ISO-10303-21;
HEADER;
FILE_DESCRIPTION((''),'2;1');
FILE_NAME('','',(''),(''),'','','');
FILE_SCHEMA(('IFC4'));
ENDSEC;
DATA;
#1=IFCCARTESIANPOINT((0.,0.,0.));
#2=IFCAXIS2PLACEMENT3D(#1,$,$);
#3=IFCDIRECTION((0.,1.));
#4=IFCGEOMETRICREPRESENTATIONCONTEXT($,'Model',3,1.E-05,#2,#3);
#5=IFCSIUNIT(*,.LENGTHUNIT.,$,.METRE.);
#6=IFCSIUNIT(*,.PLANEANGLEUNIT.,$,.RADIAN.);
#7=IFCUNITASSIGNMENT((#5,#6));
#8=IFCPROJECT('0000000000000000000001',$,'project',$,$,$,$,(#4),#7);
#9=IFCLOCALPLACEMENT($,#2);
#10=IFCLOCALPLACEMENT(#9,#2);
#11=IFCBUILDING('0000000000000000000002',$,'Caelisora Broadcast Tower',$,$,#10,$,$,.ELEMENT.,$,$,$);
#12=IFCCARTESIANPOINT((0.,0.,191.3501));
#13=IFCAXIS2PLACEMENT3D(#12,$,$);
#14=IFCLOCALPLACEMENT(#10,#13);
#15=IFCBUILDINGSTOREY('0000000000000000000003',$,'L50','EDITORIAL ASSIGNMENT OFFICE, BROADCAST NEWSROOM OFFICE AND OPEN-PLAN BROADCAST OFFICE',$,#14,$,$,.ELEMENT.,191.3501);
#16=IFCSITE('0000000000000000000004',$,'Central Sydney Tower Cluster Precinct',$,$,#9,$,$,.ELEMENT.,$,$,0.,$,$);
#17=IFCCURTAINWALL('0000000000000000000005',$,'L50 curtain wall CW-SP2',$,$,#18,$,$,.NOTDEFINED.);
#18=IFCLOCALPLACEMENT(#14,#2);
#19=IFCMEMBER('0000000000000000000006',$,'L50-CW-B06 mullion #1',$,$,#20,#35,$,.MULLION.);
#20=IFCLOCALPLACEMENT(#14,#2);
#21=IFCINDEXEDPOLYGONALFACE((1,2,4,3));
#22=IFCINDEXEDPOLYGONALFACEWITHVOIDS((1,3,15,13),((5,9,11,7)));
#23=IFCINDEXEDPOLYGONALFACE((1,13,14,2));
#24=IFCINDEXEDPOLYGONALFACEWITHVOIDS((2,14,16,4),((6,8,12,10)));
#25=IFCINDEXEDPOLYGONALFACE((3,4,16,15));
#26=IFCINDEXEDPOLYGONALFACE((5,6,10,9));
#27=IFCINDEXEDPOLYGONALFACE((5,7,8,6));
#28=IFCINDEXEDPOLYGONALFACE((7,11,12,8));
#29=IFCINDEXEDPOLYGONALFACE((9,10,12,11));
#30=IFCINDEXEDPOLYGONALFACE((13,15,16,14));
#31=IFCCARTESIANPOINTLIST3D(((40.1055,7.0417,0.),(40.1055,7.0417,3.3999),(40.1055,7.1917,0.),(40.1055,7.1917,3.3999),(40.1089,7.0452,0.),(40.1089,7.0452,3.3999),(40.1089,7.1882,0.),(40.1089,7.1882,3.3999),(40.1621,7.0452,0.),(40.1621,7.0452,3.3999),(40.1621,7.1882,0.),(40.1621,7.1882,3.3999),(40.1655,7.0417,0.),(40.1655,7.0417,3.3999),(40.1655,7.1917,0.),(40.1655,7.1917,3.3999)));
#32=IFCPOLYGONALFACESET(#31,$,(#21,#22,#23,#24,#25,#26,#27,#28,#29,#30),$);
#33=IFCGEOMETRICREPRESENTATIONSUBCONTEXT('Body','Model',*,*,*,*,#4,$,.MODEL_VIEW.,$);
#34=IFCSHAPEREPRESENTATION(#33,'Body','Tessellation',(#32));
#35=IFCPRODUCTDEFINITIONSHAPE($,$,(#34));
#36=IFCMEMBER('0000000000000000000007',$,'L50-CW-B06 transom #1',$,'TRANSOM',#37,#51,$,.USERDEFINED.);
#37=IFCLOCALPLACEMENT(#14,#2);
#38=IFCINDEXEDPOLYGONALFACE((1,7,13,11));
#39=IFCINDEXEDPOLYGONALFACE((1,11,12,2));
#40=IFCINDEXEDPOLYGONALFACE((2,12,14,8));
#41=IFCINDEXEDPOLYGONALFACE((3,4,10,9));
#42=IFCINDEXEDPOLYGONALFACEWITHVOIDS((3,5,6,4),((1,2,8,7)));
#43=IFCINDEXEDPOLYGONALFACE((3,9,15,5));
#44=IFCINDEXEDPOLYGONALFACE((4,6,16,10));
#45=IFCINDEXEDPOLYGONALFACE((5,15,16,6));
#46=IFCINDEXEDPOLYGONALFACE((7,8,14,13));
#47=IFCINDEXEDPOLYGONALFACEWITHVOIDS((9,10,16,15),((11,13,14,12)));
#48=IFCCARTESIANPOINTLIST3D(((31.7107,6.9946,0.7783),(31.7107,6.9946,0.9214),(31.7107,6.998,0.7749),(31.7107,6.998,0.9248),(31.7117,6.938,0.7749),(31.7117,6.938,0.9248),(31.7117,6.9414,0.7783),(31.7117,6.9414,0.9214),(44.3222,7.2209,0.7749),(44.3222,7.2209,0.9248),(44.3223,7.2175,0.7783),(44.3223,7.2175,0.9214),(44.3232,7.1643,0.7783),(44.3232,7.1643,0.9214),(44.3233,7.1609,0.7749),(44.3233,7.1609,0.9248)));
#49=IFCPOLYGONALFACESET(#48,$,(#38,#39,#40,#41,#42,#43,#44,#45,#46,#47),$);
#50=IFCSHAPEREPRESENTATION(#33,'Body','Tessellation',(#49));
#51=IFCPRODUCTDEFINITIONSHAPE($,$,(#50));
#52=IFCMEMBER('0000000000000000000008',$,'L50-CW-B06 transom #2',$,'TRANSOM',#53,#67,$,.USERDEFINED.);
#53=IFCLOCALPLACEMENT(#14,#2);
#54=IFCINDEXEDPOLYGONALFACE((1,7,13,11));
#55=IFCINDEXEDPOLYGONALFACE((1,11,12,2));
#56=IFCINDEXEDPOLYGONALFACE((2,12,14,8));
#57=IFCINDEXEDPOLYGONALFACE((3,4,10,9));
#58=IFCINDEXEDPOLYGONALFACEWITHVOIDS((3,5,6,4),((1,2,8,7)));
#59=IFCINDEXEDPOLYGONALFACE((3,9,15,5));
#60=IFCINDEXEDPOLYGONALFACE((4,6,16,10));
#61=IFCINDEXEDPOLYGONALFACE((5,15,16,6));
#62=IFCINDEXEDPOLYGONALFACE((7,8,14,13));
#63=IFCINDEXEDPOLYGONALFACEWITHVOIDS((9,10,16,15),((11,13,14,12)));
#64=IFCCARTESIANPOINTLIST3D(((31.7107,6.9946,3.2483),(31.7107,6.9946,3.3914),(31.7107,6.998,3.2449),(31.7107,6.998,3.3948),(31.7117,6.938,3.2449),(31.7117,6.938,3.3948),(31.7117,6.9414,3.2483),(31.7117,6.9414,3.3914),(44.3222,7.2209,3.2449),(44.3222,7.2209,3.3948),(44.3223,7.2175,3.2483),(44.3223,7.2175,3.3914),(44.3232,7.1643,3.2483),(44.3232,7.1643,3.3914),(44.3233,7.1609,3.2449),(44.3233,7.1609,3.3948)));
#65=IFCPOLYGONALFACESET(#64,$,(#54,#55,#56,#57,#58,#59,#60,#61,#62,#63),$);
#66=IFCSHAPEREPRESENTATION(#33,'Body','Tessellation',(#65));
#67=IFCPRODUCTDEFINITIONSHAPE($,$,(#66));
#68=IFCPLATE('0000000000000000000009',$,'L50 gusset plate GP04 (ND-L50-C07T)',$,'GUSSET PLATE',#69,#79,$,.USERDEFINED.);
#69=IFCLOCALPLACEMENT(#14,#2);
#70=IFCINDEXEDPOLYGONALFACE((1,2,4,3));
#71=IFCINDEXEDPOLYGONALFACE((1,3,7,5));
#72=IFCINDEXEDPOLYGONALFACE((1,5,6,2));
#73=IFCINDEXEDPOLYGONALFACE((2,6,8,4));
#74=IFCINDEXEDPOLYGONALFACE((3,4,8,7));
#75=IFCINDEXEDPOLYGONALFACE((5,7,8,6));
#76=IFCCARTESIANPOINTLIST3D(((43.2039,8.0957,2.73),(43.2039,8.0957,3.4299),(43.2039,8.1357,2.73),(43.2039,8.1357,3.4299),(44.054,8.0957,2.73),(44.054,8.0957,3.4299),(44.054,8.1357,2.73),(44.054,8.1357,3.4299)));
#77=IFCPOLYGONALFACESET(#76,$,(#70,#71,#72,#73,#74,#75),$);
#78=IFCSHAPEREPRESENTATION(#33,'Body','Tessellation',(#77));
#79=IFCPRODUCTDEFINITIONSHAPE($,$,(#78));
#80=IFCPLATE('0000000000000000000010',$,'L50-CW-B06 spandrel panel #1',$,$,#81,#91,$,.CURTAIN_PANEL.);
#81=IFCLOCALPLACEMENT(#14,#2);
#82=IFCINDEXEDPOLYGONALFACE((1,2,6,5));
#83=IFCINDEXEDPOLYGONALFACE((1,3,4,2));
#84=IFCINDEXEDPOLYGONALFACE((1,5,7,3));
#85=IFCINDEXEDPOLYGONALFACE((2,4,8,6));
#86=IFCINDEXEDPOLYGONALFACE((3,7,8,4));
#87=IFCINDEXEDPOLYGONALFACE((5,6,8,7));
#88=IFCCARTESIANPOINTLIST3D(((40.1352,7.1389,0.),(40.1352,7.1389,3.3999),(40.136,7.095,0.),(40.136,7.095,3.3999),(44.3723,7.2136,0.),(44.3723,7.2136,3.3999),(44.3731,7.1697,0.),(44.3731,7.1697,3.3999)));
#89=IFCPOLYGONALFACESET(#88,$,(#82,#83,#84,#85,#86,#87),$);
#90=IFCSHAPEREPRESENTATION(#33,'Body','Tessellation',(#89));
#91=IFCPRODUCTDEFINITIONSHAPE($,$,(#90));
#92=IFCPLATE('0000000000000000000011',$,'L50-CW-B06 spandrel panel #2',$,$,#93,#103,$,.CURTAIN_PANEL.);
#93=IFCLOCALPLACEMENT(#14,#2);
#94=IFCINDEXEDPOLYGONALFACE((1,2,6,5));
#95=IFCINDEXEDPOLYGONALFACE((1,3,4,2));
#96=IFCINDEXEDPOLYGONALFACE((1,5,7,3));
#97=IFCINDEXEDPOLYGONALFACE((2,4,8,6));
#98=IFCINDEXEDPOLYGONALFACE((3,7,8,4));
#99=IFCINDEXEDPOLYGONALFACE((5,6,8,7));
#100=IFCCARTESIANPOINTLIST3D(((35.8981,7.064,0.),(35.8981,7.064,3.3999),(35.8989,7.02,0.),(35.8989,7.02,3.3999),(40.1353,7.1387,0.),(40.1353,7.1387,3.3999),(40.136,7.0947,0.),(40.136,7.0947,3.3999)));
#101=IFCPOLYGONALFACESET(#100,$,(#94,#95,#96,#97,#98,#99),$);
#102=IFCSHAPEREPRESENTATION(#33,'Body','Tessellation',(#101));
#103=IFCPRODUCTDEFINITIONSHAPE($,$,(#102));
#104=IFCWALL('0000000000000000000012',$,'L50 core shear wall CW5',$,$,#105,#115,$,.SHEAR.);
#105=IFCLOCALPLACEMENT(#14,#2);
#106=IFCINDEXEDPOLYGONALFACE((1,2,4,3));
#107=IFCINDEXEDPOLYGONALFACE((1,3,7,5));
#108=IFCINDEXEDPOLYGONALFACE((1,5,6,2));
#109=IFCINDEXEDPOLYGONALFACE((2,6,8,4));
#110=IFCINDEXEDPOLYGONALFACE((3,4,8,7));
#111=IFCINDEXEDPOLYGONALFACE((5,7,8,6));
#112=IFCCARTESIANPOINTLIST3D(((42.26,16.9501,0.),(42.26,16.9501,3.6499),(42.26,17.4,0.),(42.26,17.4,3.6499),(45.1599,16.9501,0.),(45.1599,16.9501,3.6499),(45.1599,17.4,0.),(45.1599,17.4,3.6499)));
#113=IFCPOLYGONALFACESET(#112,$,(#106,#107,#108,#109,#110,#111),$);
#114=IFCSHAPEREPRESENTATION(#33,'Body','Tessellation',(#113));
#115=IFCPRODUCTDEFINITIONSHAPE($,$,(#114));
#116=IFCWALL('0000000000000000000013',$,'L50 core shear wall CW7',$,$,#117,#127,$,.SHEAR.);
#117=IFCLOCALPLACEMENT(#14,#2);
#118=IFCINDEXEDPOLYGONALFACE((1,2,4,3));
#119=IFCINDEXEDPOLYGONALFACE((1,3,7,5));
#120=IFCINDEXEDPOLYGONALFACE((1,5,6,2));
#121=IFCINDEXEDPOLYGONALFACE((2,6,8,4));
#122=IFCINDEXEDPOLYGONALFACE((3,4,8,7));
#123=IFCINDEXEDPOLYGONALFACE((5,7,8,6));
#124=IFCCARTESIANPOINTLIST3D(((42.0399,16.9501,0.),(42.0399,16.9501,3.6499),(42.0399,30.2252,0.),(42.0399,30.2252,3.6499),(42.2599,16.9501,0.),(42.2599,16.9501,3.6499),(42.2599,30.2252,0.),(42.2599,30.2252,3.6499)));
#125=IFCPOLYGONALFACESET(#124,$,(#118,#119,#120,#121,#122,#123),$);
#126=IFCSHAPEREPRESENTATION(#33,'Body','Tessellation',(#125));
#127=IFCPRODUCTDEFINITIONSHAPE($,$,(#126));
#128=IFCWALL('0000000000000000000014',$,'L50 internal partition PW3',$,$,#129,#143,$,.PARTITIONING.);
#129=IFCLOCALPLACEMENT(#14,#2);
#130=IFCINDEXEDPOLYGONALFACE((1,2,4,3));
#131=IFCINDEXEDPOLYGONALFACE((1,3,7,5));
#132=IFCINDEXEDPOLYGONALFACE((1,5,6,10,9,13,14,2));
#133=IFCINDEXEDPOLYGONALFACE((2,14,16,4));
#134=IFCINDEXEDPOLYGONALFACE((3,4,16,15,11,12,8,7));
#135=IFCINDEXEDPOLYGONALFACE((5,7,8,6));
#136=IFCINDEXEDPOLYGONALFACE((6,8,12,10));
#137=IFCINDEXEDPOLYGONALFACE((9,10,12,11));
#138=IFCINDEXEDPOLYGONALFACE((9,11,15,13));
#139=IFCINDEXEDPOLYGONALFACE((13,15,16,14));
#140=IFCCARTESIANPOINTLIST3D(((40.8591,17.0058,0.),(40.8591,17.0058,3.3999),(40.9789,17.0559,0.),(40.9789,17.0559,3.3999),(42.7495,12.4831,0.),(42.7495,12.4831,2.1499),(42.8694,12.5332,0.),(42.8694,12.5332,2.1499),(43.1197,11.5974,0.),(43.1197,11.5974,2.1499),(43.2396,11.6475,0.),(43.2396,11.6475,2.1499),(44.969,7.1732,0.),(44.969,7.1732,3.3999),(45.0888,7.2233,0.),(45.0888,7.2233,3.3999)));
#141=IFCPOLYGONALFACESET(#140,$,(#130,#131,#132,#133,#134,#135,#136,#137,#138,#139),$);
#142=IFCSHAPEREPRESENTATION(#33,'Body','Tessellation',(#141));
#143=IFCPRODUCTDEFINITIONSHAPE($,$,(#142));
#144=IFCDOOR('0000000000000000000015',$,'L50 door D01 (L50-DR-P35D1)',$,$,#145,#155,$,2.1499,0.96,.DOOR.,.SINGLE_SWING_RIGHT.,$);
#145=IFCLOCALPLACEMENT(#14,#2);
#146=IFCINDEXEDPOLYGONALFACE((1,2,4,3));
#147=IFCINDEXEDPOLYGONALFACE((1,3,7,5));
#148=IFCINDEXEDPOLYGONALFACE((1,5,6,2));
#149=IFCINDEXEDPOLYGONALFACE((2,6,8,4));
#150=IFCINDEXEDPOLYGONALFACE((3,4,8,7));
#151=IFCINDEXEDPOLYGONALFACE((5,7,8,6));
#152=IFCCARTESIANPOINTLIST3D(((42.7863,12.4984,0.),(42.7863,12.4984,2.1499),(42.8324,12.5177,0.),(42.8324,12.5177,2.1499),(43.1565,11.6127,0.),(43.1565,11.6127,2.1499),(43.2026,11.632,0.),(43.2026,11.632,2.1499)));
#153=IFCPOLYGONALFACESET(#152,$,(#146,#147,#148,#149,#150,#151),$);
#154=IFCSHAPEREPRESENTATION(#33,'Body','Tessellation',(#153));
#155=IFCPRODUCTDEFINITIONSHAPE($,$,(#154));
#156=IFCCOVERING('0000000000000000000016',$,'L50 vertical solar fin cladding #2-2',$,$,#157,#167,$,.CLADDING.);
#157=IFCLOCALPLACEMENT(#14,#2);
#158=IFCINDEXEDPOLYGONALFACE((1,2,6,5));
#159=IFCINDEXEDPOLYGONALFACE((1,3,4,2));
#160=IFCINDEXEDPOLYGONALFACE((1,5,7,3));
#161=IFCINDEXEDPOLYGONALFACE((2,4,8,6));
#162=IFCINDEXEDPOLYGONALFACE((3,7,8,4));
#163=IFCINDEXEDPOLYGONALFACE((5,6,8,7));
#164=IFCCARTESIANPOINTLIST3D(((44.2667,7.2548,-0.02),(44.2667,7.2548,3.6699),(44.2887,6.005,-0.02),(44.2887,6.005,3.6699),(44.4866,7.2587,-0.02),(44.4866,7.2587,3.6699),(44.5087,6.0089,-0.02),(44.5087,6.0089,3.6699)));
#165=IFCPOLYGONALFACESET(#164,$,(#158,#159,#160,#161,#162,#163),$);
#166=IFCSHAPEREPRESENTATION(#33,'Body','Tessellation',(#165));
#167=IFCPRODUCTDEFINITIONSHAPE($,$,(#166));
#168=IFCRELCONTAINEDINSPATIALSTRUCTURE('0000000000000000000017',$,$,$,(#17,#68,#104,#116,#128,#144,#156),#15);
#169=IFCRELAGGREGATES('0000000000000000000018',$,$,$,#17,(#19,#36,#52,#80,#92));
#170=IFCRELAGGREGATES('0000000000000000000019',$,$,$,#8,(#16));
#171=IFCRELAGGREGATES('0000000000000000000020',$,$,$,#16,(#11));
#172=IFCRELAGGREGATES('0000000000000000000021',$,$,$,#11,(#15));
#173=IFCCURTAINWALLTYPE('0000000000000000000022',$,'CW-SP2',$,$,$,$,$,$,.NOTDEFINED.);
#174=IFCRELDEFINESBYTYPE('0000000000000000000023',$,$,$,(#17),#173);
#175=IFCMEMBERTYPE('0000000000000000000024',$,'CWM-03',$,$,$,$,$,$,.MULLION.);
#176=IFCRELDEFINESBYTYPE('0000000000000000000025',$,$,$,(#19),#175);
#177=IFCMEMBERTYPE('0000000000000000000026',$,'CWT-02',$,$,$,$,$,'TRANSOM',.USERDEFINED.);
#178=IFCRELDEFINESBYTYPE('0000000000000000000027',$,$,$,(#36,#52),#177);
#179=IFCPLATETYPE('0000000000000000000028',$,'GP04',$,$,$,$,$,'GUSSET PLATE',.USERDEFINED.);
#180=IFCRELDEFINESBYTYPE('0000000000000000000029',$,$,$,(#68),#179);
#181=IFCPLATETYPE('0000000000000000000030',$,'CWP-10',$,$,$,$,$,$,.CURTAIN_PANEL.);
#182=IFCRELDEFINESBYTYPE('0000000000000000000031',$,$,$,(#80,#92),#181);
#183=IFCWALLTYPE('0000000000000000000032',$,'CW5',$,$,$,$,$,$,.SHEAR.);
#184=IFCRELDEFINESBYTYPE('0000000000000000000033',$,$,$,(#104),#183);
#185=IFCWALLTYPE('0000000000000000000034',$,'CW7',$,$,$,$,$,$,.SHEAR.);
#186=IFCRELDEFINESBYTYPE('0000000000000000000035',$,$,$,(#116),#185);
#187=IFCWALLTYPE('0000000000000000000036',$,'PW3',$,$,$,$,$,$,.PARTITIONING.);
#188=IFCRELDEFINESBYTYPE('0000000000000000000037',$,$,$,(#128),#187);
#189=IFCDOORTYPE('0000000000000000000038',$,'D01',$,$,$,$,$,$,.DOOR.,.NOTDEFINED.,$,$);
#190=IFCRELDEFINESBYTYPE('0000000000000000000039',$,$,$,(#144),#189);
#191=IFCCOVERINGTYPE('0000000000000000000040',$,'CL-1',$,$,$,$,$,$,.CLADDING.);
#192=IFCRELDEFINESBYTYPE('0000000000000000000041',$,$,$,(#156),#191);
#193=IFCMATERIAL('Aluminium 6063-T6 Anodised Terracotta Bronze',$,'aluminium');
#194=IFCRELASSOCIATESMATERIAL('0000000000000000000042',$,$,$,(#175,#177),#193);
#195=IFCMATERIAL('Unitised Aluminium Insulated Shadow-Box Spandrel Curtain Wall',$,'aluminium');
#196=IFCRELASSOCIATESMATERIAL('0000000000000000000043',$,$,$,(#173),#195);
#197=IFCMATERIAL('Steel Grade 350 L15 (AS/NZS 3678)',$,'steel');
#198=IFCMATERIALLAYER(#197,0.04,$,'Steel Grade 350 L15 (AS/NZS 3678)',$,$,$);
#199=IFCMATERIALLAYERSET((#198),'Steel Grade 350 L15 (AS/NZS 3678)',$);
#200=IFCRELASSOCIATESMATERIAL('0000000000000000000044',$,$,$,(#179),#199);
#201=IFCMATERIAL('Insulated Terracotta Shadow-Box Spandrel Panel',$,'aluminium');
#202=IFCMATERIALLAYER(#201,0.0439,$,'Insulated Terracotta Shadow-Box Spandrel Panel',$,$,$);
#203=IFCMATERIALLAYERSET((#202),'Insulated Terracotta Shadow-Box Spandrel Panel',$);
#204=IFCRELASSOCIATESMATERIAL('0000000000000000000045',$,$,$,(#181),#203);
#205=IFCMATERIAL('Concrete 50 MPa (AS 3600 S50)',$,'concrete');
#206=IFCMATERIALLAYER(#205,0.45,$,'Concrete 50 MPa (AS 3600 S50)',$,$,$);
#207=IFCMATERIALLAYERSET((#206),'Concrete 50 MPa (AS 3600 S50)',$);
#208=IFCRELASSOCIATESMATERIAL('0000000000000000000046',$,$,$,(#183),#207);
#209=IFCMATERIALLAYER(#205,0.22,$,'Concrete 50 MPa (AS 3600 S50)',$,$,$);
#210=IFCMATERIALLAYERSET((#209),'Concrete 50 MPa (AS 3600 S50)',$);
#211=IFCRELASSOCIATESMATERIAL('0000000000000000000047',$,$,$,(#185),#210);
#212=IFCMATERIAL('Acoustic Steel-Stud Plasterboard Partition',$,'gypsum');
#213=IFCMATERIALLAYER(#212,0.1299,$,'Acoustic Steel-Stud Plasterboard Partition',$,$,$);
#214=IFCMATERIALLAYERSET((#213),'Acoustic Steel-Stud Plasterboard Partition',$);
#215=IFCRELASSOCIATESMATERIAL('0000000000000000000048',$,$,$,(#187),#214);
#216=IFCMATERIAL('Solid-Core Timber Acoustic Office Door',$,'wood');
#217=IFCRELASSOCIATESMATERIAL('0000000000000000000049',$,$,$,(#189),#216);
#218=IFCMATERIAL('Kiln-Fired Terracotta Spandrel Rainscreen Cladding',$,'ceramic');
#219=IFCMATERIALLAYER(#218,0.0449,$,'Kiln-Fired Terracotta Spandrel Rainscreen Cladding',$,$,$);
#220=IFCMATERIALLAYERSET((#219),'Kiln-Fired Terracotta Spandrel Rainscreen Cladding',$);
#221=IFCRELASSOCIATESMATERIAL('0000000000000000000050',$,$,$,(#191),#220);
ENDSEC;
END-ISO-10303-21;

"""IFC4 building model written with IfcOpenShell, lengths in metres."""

from ifc_helpers import new_model, si_unit, direction, frame, frame_2d, origin, origin_2d, place, context, subcontext, project, spatial, rectangle, hollow_rectangle, extrude, source, transform, mapped, material, layer, layer_set, material_profile, profile_set, type_object, type_shapes, element, fill, aggregate, save


model = new_model("IFC4")

# Units and contexts
model_context = context("Model", 3, precision=1e-05, world=origin(), true_north=direction((0.0, 1.0)))
body_context = subcontext(model_context, "Body", "Model", "MODEL_VIEW")
ifc_project = project(units=[si_unit("LENGTHUNIT", "METRE"), si_unit("PLANEANGLEUNIT", "RADIAN")], contexts=[model_context])

# Site, building, storey
site_placement = place(None, origin())
site = spatial("IfcSite", under=ifc_project, at=site_placement, Name="Central Sydney Tower Cluster Precinct", CompositionType="ELEMENT", RefElevation=0.0)
building_placement = place(site_placement, origin())
building = spatial("IfcBuilding", under=site, at=building_placement, Name="Caelisora Broadcast Tower", CompositionType="ELEMENT")
storey_placement = place(building_placement, frame((0.0, 0.0, 191.3501)))
storey = spatial("IfcBuildingStorey", under=building, at=storey_placement, Name="L50", Description="EDITORIAL ASSIGNMENT OFFICE, BROADCAST NEWSROOM OFFICE AND OPEN-PLAN BROADCAST OFFICE", CompositionType="ELEMENT", Elevation=191.3501)

# Shared definitions
ifc_material_1 = material(Name="Steel Grade 350 L15 (AS/NZS 3678)", Category="steel")

# Shared definitions
ifc_material_2 = material(Name="Aluminium 6063-T6 Anodised Terracotta Bronze", Category="aluminium")
ifc_material_profile_1 = material_profile(ifc_material_2, hollow_rectangle(XDim=0.0601, YDim=0.1499, WallThickness=0.0034, at=origin_2d()), Name="Aluminium 6063-T6 Anodised Terracotta Bronze")
ifc_profile_set_1 = profile_set([ifc_material_profile_1], Name="Aluminium 6063-T6 Anodised Terracotta Bronze")
member_type_1 = type_object("IfcMemberType", Name="CWM-03", PredefinedType="MULLION", material=ifc_profile_set_1)
shared_shape_1 = source(origin(), body_context, "Body", "SweptSolid", [
    extrude(hollow_rectangle(XDim=0.0601, YDim=0.1499, WallThickness=0.0034, at=origin_2d()), origin(), (0.0, 0.0, 1.0), 3.3999),
])
type_shapes(member_type_1, [shared_shape_1])

# Curtain wall, members
ifc_material_3 = material(Name="Unitised Aluminium Insulated Shadow-Box Spandrel Curtain Wall", Category="aluminium")
curtain_wall_type_1 = type_object("IfcCurtainWallType", Name="CW-SP2", PredefinedType="NOTDEFINED", material=ifc_material_3)
curtain_wall_1_placement = place(storey_placement, origin())
curtain_wall_1 = element("IfcCurtainWall", 1, at=curtain_wall_1_placement, inside=storey, type_object=curtain_wall_type_1, Name="L50 curtain wall CW-SP2", PredefinedType="NOTDEFINED")
member_1_placement = place(storey_placement, frame((40.1355, 7.1167, 0.0), z_axis=(0.0, 0.0, 1.0), x_axis=(1.0, 0.0, 0.0)))
member_1 = element("IfcMember", 2, at=member_1_placement, type_object=member_type_1, Name="L50-CW-B06 mullion #1", PredefinedType="MULLION", context=body_context, shape_type="MappedRepresentation", body=[
    mapped(shared_shape_1, transform((0.0, 0.0, 0.0), scale=1.0)),
])
ifc_material_profile_2 = material_profile(ifc_material_2, hollow_rectangle(XDim=0.0601, YDim=0.1499, WallThickness=0.0034, at=origin_2d()), Name="Aluminium 6063-T6 Anodised Terracotta Bronze")
ifc_profile_set_2 = profile_set([ifc_material_profile_2], Name="Aluminium 6063-T6 Anodised Terracotta Bronze")
member_type_2 = type_object("IfcMemberType", Name="CWT-02", ElementType="TRANSOM", PredefinedType="USERDEFINED", material=ifc_profile_set_2)
shared_shape_2 = source(origin(), body_context, "Body", "SweptSolid", [
    extrude(hollow_rectangle(XDim=0.0601, YDim=0.1499, WallThickness=0.0034, at=origin_2d()), origin(), (0.0, 0.0, 1.0), 12.6135),
])
type_shapes(member_type_2, [shared_shape_2])
member_2_placement = place(storey_placement, frame((44.3228, 7.1909, 0.8499), z_axis=(-0.999844, -0.017672, 0.0), x_axis=(0.017672, -0.999844, 0.0)))
member_2 = element("IfcMember", 3, at=member_2_placement, type_object=member_type_2, Name="L50-CW-B06 transom #1", ObjectType="TRANSOM", PredefinedType="USERDEFINED", context=body_context, shape_type="MappedRepresentation", body=[
    mapped(shared_shape_2, transform((0.0, 0.0, 0.0), scale=1.0)),
])
member_3_placement = place(storey_placement, frame((44.3228, 7.1909, 3.3198), z_axis=(-0.999844, -0.017672, 0.0), x_axis=(0.017672, -0.999844, 0.0)))
member_3 = element("IfcMember", 4, at=member_3_placement, type_object=member_type_2, Name="L50-CW-B06 transom #2", ObjectType="TRANSOM", PredefinedType="USERDEFINED", context=body_context, shape_type="MappedRepresentation", body=[
    mapped(shared_shape_2, transform((0.0, 0.0, 0.0), scale=1.0)),
])

# Plates
ifc_layer_1 = layer(ifc_material_1, 0.04, Name="Steel Grade 350 L15 (AS/NZS 3678)")
ifc_layer_set_1 = layer_set([ifc_layer_1], Name="Steel Grade 350 L15 (AS/NZS 3678)")
plate_type_1 = type_object("IfcPlateType", Name="GP04", ElementType="GUSSET PLATE", PredefinedType="USERDEFINED", material=ifc_layer_set_1)
shared_shape_3 = source(origin(), body_context, "Body", "SweptSolid", [
    extrude(rectangle(XDim=0.8501, YDim=0.04, at=origin_2d()), origin(), (0.0, 0.0, 1.0), 0.7),
])
type_shapes(plate_type_1, [shared_shape_3])
plate_1_placement = place(storey_placement, frame((43.6289, 8.1157, 2.73), z_axis=(0.0, 0.0, 1.0), x_axis=(1.0, 0.0, 0.0)))
element("IfcPlate", 5, at=plate_1_placement, inside=storey, type_object=plate_type_1, Name="L50 gusset plate GP04 (ND-L50-C07T)", ObjectType="GUSSET PLATE", PredefinedType="USERDEFINED", context=body_context, shape_type="MappedRepresentation", body=[
    mapped(shared_shape_3, transform((0.0, 0.0, 0.0), scale=1.0)),
])
ifc_material_4 = material(Name="Insulated Terracotta Shadow-Box Spandrel Panel", Category="aluminium")
ifc_layer_2 = layer(ifc_material_4, 0.0439, Name="Insulated Terracotta Shadow-Box Spandrel Panel")
ifc_layer_set_2 = layer_set([ifc_layer_2], Name="Insulated Terracotta Shadow-Box Spandrel Panel")
plate_type_2 = type_object("IfcPlateType", Name="CWP-10", PredefinedType="CURTAIN_PANEL", material=ifc_layer_set_2)
shared_shape_4 = source(origin(), body_context, "Body", "SweptSolid", [
    extrude(rectangle(XDim=4.2378, YDim=0.0439, at=origin_2d()), origin(), (0.0, 0.0, 1.0), 3.3999),
])
type_shapes(plate_type_2, [shared_shape_4])
plate_2_placement = place(storey_placement, frame((42.2542, 7.1543, 0.0), z_axis=(0.0, 0.0, 1.0), x_axis=(-0.999845, -0.017627, 0.0)))
plate_2 = element("IfcPlate", 6, at=plate_2_placement, type_object=plate_type_2, Name="L50-CW-B06 spandrel panel #1", PredefinedType="CURTAIN_PANEL", context=body_context, shape_type="MappedRepresentation", body=[
    mapped(shared_shape_4, transform((0.0, 0.0, 0.0), scale=1.0)),
])
plate_3_placement = place(storey_placement, frame((38.0171, 7.0793, 0.0), z_axis=(0.0, 0.0, 1.0), x_axis=(-0.999845, -0.017627, 0.0)))
plate_3 = element("IfcPlate", 7, at=plate_3_placement, type_object=plate_type_2, Name="L50-CW-B06 spandrel panel #2", PredefinedType="CURTAIN_PANEL", context=body_context, shape_type="MappedRepresentation", body=[
    mapped(shared_shape_4, transform((0.0, 0.0, 0.0), scale=1.0)),
])
aggregate(curtain_wall_1, [member_1, member_2, member_3, plate_2, plate_3])

# Shared definitions
ifc_material_5 = material(Name="Concrete 50 MPa (AS 3600 S50)", Category="concrete")

# Walls
ifc_layer_3 = layer(ifc_material_5, 0.45, Name="Concrete 50 MPa (AS 3600 S50)")
ifc_layer_set_3 = layer_set([ifc_layer_3], Name="Concrete 50 MPa (AS 3600 S50)")
wall_type_1 = type_object("IfcWallType", Name="CW5", PredefinedType="SHEAR", material=ifc_layer_set_3)
wall_1_placement = place(storey_placement, frame((42.26, 17.175, 0.0), z_axis=(0.0, 0.0, 1.0), x_axis=(1.0, 0.0, 0.0)))
element("IfcWall", 8, at=wall_1_placement, inside=storey, type_object=wall_type_1, Name="L50 core shear wall CW5", PredefinedType="SHEAR", context=body_context, shape_type="SweptSolid", body=[
    extrude(rectangle(XDim=2.8999, YDim=0.45, at=frame_2d((1.45, 0.0))), origin(), (0.0, 0.0, 1.0), 3.6499),
])
ifc_layer_4 = layer(ifc_material_5, 0.22, Name="Concrete 50 MPa (AS 3600 S50)")
ifc_layer_set_4 = layer_set([ifc_layer_4], Name="Concrete 50 MPa (AS 3600 S50)")
wall_type_2 = type_object("IfcWallType", Name="CW7", PredefinedType="SHEAR", material=ifc_layer_set_4)
wall_2_placement = place(storey_placement, frame((42.1499, 16.95, 0.0), z_axis=(0.0, 0.0, 1.0), x_axis=(0.0, 1.0, 0.0)))
element("IfcWall", 9, at=wall_2_placement, inside=storey, type_object=wall_type_2, Name="L50 core shear wall CW7", PredefinedType="SHEAR", context=body_context, shape_type="SweptSolid", body=[
    extrude(rectangle(XDim=13.2751, YDim=0.22, at=frame_2d((6.6377, 0.0))), origin(), (0.0, 0.0, 1.0), 3.6499),
])

# Wall, opening, door
ifc_material_6 = material(Name="Acoustic Steel-Stud Plasterboard Partition", Category="gypsum")
ifc_layer_5 = layer(ifc_material_6, 0.1299, Name="Acoustic Steel-Stud Plasterboard Partition")
ifc_layer_set_5 = layer_set([ifc_layer_5], Name="Acoustic Steel-Stud Plasterboard Partition")
wall_type_3 = type_object("IfcWallType", Name="PW3", PredefinedType="PARTITIONING", material=ifc_layer_set_5)
wall_3_placement = place(storey_placement, frame((40.9189, 17.031, 0.0), z_axis=(0.0, 0.0, 1.0), x_axis=(0.385653, -0.922644, 0.0)))
wall_3 = element("IfcWall", 10, at=wall_3_placement, inside=storey, type_object=wall_type_3, Name="L50 internal partition PW3", PredefinedType="PARTITIONING", context=body_context, shape_type="SweptSolid", body=[
    extrude(rectangle(XDim=10.657, YDim=0.1299, at=frame_2d((5.3286, 0.0))), origin(), (0.0, 0.0, 1.0), 3.3999),
])
opening_1_placement = place(wall_3_placement, frame((4.9021, 0.0, 0.0)))
opening_1 = element("IfcOpeningElement", 11, at=opening_1_placement, cuts=wall_3, PredefinedType="OPENING", context=body_context, shape_type="SweptSolid", body=[
    extrude(rectangle(XDim=0.96, YDim=2.1499, at=frame_2d((0.48, 1.075))), frame((0.0, 0.0769, 0.0), z_axis=(0.0, -1.0, 0.0), x_axis=(1.0, 0.0, 0.0)), (0.0, 0.0, 1.0), 0.1538),
])
ifc_material_7 = material(Name="Solid-Core Timber Acoustic Office Door", Category="wood")
door_type_1 = type_object("IfcDoorType", Name="D01", OperationType="NOTDEFINED", PredefinedType="DOOR", material=ifc_material_7)
door_1_placement = place(opening_1_placement, origin())
door_1 = element("IfcDoor", 12, at=door_1_placement, inside=storey, type_object=door_type_1, Name="L50 door D01 (L50-DR-P35D1)", OperationType="SINGLE_SWING_RIGHT", OverallHeight=2.1499, OverallWidth=0.96, PredefinedType="DOOR", context=body_context, shape_type="SweptSolid", body=[
    extrude(rectangle(XDim=0.96, YDim=2.1499, at=frame_2d((0.48, 1.075))), frame((0.0, 0.0249, 0.0), z_axis=(0.0, -1.0, 0.0), x_axis=(1.0, 0.0, 0.0)), (0.0, 0.0, 1.0), 0.05),
])
fill(opening_1, door_1)

# Covering
ifc_material_8 = material(Name="Kiln-Fired Terracotta Spandrel Rainscreen Cladding", Category="ceramic")
ifc_layer_6 = layer(ifc_material_8, 0.0449, Name="Kiln-Fired Terracotta Spandrel Rainscreen Cladding")
ifc_layer_set_6 = layer_set([ifc_layer_6], Name="Kiln-Fired Terracotta Spandrel Rainscreen Cladding")
covering_type = type_object("IfcCoveringType", Name="CL-1", PredefinedType="CLADDING", material=ifc_layer_set_6)
shared_shape_5 = source(origin(), body_context, "Body", "SweptSolid", [
    extrude(rectangle(XDim=0.22, YDim=1.25, at=origin_2d()), origin(), (0.0, 0.0, 1.0), 3.6899),
])
type_shapes(covering_type, [shared_shape_5])
covering_placement = place(storey_placement, frame((44.3877, 6.6318, -0.02), z_axis=(0.0, 0.0, 1.0), x_axis=(-0.999845, -0.017627, 0.0)))
element("IfcCovering", 13, at=covering_placement, inside=storey, type_object=covering_type, Name="L50 vertical solar fin cladding #2-2", PredefinedType="CLADDING", context=body_context, shape_type="MappedRepresentation", body=[
    mapped(shared_shape_5, transform((0.0, 0.0, 0.0), scale=1.0)),
])

save(model, "model.ifc")
